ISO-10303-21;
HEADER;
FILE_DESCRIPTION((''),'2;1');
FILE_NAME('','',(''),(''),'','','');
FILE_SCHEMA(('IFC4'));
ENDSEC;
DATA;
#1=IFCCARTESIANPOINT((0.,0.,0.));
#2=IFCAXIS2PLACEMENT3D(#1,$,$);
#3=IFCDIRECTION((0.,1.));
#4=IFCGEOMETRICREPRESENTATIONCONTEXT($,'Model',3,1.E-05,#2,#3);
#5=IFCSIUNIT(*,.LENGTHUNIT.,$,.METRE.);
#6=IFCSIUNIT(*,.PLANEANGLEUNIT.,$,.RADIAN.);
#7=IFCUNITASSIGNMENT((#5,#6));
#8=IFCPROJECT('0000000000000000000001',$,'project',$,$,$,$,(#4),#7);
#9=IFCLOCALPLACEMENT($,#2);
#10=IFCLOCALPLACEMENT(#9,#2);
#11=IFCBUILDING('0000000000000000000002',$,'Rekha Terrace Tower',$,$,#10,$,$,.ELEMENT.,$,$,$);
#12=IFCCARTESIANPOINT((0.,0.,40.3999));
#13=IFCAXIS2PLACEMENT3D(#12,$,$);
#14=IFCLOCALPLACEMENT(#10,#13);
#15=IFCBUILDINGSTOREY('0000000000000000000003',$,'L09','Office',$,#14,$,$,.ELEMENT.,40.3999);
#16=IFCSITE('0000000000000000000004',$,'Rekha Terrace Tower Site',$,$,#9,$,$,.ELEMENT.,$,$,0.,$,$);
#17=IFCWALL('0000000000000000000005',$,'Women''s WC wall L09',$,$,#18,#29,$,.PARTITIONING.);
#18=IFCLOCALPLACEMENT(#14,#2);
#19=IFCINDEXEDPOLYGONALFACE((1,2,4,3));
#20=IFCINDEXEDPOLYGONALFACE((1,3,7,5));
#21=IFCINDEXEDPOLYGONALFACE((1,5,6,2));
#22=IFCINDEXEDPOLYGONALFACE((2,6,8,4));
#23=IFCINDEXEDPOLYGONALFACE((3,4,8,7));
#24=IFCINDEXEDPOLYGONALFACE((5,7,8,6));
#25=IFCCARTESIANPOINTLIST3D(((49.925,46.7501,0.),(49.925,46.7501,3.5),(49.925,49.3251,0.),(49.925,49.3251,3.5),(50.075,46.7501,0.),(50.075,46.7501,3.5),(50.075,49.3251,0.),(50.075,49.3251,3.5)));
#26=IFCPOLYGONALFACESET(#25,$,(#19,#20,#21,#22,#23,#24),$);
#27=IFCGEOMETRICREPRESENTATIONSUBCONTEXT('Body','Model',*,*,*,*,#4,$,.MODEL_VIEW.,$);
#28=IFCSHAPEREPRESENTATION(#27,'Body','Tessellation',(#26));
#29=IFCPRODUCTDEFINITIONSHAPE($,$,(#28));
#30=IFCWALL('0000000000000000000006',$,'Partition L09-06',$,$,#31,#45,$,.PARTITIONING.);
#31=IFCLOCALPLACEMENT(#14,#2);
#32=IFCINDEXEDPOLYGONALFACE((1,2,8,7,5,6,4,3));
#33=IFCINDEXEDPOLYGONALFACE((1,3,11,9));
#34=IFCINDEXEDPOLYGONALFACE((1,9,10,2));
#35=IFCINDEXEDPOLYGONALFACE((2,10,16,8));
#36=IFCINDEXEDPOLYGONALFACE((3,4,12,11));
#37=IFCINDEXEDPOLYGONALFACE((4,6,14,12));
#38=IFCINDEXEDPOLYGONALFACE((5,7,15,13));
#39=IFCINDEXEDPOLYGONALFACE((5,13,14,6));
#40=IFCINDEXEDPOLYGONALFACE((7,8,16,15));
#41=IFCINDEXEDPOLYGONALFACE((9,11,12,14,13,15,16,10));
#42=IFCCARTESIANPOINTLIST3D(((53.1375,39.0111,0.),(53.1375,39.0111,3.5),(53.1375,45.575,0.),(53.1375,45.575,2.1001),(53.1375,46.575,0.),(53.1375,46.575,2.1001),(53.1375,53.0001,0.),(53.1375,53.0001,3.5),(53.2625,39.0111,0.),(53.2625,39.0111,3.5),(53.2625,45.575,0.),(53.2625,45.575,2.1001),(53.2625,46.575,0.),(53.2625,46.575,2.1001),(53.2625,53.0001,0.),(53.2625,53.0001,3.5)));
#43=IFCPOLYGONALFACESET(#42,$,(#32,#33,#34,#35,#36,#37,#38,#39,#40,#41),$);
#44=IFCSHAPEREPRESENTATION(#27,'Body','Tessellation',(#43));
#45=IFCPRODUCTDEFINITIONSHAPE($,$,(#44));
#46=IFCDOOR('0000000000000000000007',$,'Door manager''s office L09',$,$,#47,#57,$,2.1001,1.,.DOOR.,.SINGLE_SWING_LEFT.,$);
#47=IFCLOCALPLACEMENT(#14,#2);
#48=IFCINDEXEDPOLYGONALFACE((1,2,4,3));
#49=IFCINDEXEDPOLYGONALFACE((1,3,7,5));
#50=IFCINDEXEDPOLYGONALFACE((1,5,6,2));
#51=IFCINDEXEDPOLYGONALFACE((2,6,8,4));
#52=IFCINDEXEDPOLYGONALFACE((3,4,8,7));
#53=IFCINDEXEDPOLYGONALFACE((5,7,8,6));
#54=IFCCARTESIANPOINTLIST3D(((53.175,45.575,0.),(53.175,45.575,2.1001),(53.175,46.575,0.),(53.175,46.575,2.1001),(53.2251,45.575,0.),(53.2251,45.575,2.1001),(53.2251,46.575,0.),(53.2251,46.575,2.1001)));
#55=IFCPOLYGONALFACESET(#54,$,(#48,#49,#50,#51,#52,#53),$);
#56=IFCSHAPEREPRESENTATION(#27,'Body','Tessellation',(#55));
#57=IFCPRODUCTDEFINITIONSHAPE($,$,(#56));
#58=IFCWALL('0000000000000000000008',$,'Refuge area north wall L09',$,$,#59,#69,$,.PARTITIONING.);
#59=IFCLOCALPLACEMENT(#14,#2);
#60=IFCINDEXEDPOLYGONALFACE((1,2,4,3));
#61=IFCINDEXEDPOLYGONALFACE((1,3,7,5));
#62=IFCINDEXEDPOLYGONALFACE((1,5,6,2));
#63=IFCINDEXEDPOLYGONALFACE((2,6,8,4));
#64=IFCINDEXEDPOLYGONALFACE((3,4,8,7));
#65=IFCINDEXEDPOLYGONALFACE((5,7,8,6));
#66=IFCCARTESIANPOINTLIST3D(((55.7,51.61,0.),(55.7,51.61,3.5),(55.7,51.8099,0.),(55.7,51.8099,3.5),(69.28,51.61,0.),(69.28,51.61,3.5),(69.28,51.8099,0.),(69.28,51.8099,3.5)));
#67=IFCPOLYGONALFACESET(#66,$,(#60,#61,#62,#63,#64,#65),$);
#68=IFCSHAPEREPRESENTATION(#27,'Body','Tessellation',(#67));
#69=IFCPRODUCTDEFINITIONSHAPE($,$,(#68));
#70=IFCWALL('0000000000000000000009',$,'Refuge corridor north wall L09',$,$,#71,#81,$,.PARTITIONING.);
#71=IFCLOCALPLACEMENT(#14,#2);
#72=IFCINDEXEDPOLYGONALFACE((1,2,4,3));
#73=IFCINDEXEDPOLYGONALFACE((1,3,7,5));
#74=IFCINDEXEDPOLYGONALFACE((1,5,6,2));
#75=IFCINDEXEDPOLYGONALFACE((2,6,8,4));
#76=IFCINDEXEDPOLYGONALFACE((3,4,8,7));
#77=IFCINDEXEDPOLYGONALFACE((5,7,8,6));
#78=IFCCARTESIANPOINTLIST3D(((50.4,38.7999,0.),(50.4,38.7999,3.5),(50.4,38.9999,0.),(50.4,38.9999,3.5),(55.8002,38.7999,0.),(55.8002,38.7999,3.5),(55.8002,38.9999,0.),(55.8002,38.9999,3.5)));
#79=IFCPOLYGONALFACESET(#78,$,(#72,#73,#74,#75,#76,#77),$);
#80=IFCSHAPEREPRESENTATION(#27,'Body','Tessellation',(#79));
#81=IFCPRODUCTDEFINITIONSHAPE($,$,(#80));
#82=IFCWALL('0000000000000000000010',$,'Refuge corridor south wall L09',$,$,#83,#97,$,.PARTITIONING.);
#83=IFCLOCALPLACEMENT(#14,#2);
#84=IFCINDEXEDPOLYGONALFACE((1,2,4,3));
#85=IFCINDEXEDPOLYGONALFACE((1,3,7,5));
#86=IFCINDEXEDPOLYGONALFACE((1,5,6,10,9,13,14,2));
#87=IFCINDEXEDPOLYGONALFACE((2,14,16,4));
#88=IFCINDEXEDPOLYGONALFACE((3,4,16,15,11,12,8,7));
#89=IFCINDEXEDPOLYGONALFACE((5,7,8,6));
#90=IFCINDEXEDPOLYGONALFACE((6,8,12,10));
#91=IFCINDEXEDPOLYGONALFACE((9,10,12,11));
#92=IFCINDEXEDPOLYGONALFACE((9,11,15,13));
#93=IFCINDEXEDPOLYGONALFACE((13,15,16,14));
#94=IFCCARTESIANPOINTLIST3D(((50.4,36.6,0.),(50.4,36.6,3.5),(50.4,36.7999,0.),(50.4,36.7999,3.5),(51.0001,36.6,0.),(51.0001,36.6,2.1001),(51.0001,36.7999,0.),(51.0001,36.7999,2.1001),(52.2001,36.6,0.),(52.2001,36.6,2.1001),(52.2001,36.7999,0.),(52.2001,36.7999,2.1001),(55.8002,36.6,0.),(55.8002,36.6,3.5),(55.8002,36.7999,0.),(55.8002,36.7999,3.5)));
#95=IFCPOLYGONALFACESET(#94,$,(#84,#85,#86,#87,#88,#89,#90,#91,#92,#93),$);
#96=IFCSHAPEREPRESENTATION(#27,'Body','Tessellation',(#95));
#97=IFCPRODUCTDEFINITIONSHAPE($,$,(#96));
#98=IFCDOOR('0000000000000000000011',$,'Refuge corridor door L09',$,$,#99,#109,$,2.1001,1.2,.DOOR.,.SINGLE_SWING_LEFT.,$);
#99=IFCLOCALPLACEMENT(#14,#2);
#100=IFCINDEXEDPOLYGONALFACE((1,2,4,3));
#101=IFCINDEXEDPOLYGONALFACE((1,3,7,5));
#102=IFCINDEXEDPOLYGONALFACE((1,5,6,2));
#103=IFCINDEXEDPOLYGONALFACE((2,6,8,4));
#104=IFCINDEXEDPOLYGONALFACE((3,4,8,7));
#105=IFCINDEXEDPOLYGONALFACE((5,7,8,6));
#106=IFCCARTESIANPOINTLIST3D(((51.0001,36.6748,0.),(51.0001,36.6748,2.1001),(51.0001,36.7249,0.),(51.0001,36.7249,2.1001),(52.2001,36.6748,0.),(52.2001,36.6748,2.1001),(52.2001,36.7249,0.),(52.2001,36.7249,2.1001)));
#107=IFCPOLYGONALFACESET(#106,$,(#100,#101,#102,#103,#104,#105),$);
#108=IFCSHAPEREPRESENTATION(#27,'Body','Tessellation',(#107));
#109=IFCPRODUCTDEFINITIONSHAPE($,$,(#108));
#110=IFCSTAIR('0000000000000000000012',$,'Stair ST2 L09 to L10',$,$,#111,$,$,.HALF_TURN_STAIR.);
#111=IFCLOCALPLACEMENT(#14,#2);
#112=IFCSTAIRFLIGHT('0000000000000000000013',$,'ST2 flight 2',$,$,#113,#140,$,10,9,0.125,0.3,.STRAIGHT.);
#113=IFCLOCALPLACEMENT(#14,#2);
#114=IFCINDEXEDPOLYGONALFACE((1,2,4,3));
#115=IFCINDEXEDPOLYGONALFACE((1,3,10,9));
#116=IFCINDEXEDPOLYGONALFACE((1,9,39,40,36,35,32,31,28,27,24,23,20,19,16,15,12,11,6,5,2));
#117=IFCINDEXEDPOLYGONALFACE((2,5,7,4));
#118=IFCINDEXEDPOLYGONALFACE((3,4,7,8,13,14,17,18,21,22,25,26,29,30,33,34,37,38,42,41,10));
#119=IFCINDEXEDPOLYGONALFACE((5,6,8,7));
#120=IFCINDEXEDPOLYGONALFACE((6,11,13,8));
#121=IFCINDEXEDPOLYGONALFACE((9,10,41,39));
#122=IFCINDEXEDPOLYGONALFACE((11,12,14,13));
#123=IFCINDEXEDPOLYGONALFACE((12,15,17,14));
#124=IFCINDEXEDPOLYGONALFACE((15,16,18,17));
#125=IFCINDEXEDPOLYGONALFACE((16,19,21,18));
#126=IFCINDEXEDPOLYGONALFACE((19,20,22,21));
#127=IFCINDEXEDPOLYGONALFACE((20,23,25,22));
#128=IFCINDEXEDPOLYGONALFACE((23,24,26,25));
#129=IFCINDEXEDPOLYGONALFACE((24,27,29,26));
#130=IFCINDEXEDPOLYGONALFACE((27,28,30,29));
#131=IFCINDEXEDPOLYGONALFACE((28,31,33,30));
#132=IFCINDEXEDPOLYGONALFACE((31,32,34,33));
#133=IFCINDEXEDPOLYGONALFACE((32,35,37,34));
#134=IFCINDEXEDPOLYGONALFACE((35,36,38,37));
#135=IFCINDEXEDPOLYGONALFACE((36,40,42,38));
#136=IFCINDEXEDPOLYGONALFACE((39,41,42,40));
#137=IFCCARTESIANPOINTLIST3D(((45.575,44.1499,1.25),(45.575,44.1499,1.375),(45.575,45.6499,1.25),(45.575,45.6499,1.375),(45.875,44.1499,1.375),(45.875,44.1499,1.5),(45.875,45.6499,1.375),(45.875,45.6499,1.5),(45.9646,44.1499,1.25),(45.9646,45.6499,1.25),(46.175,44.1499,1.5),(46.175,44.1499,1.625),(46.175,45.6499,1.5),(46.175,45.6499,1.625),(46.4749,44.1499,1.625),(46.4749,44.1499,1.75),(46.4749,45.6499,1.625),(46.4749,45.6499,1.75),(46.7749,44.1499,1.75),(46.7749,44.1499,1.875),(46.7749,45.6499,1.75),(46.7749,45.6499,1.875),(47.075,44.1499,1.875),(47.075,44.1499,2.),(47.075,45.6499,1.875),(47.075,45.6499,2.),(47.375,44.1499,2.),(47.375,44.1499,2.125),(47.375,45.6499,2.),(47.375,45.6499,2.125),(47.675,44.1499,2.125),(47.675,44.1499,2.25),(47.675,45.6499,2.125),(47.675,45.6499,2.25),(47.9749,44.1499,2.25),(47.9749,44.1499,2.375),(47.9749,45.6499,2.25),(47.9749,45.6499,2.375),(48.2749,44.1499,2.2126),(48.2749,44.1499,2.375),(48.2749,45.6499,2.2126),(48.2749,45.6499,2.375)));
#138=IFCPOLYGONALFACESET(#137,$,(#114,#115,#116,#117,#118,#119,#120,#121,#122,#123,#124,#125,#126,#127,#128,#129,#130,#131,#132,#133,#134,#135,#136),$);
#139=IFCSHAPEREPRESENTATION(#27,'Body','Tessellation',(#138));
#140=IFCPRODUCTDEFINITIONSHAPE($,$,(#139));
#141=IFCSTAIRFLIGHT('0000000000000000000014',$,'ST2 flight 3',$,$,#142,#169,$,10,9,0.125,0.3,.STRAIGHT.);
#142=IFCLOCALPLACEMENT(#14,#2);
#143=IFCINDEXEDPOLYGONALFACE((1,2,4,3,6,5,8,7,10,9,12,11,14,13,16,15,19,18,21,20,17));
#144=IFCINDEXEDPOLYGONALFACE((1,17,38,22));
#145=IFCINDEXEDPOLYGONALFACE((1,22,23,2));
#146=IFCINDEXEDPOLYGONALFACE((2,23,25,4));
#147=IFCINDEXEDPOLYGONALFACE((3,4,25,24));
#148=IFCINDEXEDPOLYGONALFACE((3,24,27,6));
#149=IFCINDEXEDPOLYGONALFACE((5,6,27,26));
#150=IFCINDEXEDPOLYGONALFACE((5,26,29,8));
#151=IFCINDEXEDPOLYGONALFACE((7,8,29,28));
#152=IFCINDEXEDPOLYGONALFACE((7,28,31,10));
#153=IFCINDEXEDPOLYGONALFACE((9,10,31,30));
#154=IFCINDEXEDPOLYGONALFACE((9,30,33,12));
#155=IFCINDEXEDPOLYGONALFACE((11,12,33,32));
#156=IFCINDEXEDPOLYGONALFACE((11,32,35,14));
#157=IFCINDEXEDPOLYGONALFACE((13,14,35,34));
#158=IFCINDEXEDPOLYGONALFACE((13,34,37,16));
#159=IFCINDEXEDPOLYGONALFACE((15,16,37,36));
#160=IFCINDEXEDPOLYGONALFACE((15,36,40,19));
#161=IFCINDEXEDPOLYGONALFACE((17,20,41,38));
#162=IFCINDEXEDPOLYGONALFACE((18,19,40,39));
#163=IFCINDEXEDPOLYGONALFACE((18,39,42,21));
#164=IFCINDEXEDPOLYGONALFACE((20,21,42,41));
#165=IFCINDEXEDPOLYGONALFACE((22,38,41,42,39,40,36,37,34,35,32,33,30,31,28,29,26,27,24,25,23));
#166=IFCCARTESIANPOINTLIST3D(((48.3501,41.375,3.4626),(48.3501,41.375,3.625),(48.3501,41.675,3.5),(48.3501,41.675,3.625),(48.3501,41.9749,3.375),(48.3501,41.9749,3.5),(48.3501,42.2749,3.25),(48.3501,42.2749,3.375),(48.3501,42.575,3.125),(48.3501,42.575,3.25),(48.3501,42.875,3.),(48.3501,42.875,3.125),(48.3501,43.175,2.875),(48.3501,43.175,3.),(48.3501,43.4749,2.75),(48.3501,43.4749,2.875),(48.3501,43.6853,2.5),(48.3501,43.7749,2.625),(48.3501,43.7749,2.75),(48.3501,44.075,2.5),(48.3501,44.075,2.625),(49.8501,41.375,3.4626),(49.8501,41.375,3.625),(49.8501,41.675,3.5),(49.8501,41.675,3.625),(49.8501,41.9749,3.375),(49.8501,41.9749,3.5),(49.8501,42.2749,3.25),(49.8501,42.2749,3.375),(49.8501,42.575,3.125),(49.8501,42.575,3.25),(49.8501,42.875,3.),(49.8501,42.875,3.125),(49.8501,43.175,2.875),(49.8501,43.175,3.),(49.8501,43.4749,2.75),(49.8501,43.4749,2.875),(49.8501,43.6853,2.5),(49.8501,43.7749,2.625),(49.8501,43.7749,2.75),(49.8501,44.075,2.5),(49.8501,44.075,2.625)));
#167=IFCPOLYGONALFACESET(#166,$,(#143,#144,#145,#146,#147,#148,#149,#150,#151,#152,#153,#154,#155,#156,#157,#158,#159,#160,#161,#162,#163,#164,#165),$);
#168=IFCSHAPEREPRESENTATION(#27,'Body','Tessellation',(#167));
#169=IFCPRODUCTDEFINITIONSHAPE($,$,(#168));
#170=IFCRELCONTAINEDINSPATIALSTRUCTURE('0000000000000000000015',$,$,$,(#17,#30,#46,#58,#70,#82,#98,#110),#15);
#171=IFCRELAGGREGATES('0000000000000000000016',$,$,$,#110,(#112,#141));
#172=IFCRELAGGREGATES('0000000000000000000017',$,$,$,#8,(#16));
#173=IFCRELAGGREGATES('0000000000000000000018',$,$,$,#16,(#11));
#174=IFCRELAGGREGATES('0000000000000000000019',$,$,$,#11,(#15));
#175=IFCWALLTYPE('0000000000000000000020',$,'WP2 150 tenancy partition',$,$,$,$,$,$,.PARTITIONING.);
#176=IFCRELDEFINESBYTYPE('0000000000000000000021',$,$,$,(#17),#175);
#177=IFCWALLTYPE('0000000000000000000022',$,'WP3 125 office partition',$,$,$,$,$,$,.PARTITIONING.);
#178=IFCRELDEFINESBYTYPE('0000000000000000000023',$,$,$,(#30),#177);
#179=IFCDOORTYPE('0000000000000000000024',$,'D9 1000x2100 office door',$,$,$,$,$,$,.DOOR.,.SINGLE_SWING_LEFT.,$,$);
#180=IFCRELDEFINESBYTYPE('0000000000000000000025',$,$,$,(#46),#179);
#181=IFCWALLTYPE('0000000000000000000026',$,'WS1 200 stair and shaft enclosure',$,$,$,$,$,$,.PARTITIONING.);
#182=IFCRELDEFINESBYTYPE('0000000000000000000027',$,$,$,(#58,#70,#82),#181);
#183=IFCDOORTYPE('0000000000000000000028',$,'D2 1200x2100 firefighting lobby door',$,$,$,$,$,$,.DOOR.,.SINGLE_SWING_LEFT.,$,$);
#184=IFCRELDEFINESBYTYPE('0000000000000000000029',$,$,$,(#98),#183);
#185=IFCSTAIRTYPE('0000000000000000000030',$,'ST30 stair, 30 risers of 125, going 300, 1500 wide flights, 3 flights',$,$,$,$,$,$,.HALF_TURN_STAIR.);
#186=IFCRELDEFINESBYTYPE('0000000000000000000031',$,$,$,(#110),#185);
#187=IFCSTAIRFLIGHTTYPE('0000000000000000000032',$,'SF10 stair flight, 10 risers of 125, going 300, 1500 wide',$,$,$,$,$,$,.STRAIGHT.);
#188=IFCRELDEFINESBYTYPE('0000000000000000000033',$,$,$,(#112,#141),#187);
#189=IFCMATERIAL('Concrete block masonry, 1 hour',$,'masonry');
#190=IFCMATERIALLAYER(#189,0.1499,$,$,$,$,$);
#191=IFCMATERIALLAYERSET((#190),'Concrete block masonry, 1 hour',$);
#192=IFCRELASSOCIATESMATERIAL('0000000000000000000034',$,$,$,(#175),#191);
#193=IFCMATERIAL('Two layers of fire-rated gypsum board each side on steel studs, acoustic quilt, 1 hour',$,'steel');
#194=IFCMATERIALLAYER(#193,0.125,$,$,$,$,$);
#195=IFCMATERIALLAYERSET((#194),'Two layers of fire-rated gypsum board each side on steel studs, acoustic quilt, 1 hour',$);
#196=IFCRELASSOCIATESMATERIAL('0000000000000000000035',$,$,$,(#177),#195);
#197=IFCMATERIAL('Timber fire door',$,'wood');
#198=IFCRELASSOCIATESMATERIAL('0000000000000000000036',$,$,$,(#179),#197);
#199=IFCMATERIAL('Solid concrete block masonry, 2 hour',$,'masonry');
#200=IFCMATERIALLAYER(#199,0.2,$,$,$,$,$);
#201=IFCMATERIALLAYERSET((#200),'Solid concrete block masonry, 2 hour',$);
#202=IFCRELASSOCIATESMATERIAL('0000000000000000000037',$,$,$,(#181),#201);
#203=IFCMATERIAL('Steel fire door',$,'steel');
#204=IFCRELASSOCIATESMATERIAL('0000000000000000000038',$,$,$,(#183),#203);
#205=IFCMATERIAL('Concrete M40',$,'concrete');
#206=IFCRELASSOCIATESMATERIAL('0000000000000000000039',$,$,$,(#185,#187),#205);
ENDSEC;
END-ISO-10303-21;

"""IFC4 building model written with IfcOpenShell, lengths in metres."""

from ifc_helpers import new_model, si_unit, direction, frame, frame_2d, origin, place, context, subcontext, project, spatial, polyline, rectangle, outline, extrude, material, layer, layer_set, type_object, element, fill, aggregate, save


model = new_model("IFC4")

# Units and contexts
model_context = context("Model", 3, precision=1e-05, world=origin(), true_north=direction((0.0, 1.0)))
body_context = subcontext(model_context, "Body", "Model", "MODEL_VIEW")
ifc_project = project(units=[si_unit("LENGTHUNIT", "METRE"), si_unit("PLANEANGLEUNIT", "RADIAN")], contexts=[model_context])

# Site, building, storey
site_placement = place(None, origin())
site = spatial("IfcSite", under=ifc_project, at=site_placement, Name="Rekha Terrace Tower Site", CompositionType="ELEMENT", RefElevation=0.0)
building_placement = place(site_placement, origin())
building = spatial("IfcBuilding", under=site, at=building_placement, Name="Rekha Terrace Tower", CompositionType="ELEMENT")
storey_placement = place(building_placement, frame((0.0, 0.0, 40.3999)))
storey = spatial("IfcBuildingStorey", under=building, at=storey_placement, Name="L09", Description="Office", CompositionType="ELEMENT", Elevation=40.3999)

# Wall
ifc_material_1 = material(Name="Concrete block masonry, 1 hour", Category="masonry")
ifc_layer_1 = layer(ifc_material_1, 0.1499)
ifc_layer_set_1 = layer_set([ifc_layer_1], Name="Concrete block masonry, 1 hour")
wall_type_1 = type_object("IfcWallType", Name="WP2 150 tenancy partition", PredefinedType="PARTITIONING", material=ifc_layer_set_1)
wall_1_placement = place(storey_placement, frame((50.0, 46.75, 0.0), z_axis=(0.0, 0.0, 1.0), x_axis=(0.0, 1.0, 0.0)))
element("IfcWall", 1, at=wall_1_placement, inside=storey, type_object=wall_type_1, Name="Women's WC wall L09", PredefinedType="PARTITIONING", context=body_context, shape_type="SweptSolid", body=[
    extrude(rectangle(XDim=2.575, YDim=0.1499, at=frame_2d((1.2876, 0.0))), origin(), (0.0, 0.0, 1.0), 3.5),
])

# Wall, opening, door
ifc_material_2 = material(Name="Two layers of fire-rated gypsum board each side on steel studs, acoustic quilt, 1 hour", Category="steel")
ifc_layer_2 = layer(ifc_material_2, 0.125)
ifc_layer_set_2 = layer_set([ifc_layer_2], Name="Two layers of fire-rated gypsum board each side on steel studs, acoustic quilt, 1 hour")
wall_type_2 = type_object("IfcWallType", Name="WP3 125 office partition", PredefinedType="PARTITIONING", material=ifc_layer_set_2)
wall_2_placement = place(storey_placement, frame((53.2, 39.011, 0.0), z_axis=(0.0, 0.0, 1.0), x_axis=(0.0, 1.0, 0.0)))
wall_2 = element("IfcWall", 2, at=wall_2_placement, inside=storey, type_object=wall_type_2, Name="Partition L09-06", PredefinedType="PARTITIONING", context=body_context, shape_type="SweptSolid", body=[
    extrude(rectangle(XDim=13.989, YDim=0.125, at=frame_2d((6.9946, 0.0))), origin(), (0.0, 0.0, 1.0), 3.5),
])
opening_1_placement = place(wall_2_placement, frame((6.564, 0.0, 0.0)))
opening_1 = element("IfcOpeningElement", 3, at=opening_1_placement, cuts=wall_2, PredefinedType="OPENING", context=body_context, shape_type="SweptSolid", body=[
    extrude(rectangle(XDim=1.0, YDim=2.1001, at=frame_2d((0.5, 1.05))), frame((0.0, 0.0725, 0.0), z_axis=(0.0, -1.0, 0.0), x_axis=(1.0, 0.0, 0.0)), (0.0, 0.0, 1.0), 0.145),
])
ifc_material_3 = material(Name="Timber fire door", Category="wood")
door_type_1 = type_object("IfcDoorType", Name="D9 1000x2100 office door", OperationType="SINGLE_SWING_LEFT", PredefinedType="DOOR", material=ifc_material_3)
door_1_placement = place(opening_1_placement, origin())
door_1 = element("IfcDoor", 4, at=door_1_placement, inside=storey, type_object=door_type_1, Name="Door manager's office L09", OperationType="SINGLE_SWING_LEFT", OverallHeight=2.1001, OverallWidth=1.0, PredefinedType="DOOR", context=body_context, shape_type="SweptSolid", body=[
    extrude(rectangle(XDim=1.0, YDim=2.1001, at=frame_2d((0.5, 1.05))), frame((0.0, 0.0249, 0.0), z_axis=(0.0, -1.0, 0.0), x_axis=(1.0, 0.0, 0.0)), (0.0, 0.0, 1.0), 0.05),
])
fill(opening_1, door_1)

# Walls
ifc_material_4 = material(Name="Solid concrete block masonry, 2 hour", Category="masonry")
ifc_layer_3 = layer(ifc_material_4, 0.2)
ifc_layer_set_3 = layer_set([ifc_layer_3], Name="Solid concrete block masonry, 2 hour")
wall_type_3 = type_object("IfcWallType", Name="WS1 200 stair and shaft enclosure", PredefinedType="PARTITIONING", material=ifc_layer_set_3)
wall_3_placement = place(storey_placement, frame((55.7, 51.71, 0.0), z_axis=(0.0, 0.0, 1.0), x_axis=(1.0, 0.0, 0.0)))
element("IfcWall", 5, at=wall_3_placement, inside=storey, type_object=wall_type_3, Name="Refuge area north wall L09", PredefinedType="PARTITIONING", context=body_context, shape_type="SweptSolid", body=[
    extrude(rectangle(XDim=13.5801, YDim=0.2, at=frame_2d((6.79, 0.0))), origin(), (0.0, 0.0, 1.0), 3.5),
])
wall_4_placement = place(storey_placement, frame((50.3999, 38.8999, 0.0), z_axis=(0.0, 0.0, 1.0), x_axis=(1.0, 0.0, 0.0)))
element("IfcWall", 6, at=wall_4_placement, inside=storey, type_object=wall_type_3, Name="Refuge corridor north wall L09", PredefinedType="PARTITIONING", context=body_context, shape_type="SweptSolid", body=[
    extrude(rectangle(XDim=5.4001, YDim=0.2, at=frame_2d((2.7002, 0.0))), origin(), (0.0, 0.0, 1.0), 3.5),
])

# Wall, opening, door
wall_5_placement = place(storey_placement, frame((50.3999, 36.7, 0.0), z_axis=(0.0, 0.0, 1.0), x_axis=(1.0, 0.0, 0.0)))
wall_5 = element("IfcWall", 7, at=wall_5_placement, inside=storey, type_object=wall_type_3, Name="Refuge corridor south wall L09", PredefinedType="PARTITIONING", context=body_context, shape_type="SweptSolid", body=[
    extrude(rectangle(XDim=5.4001, YDim=0.2, at=frame_2d((2.7002, 0.0))), origin(), (0.0, 0.0, 1.0), 3.5),
])
opening_2_placement = place(wall_5_placement, frame((0.6001, 0.0, 0.0)))
opening_2 = element("IfcOpeningElement", 8, at=opening_2_placement, cuts=wall_5, PredefinedType="OPENING", context=body_context, shape_type="SweptSolid", body=[
    extrude(rectangle(XDim=1.2, YDim=2.1001, at=frame_2d((0.6001, 1.05))), frame((0.0, 0.1099, 0.0), z_axis=(0.0, -1.0, 0.0), x_axis=(1.0, 0.0, 0.0)), (0.0, 0.0, 1.0), 0.22),
])
ifc_material_5 = material(Name="Steel fire door", Category="steel")
door_type_2 = type_object("IfcDoorType", Name="D2 1200x2100 firefighting lobby door", OperationType="SINGLE_SWING_LEFT", PredefinedType="DOOR", material=ifc_material_5)
door_2_placement = place(opening_2_placement, origin())
door_2 = element("IfcDoor", 9, at=door_2_placement, inside=storey, type_object=door_type_2, Name="Refuge corridor door L09", OperationType="SINGLE_SWING_LEFT", OverallHeight=2.1001, OverallWidth=1.2, PredefinedType="DOOR", context=body_context, shape_type="SweptSolid", body=[
    extrude(rectangle(XDim=1.2, YDim=2.1001, at=frame_2d((0.6001, 1.05))), frame((0.0, 0.0249, 0.0), z_axis=(0.0, -1.0, 0.0), x_axis=(1.0, 0.0, 0.0)), (0.0, 0.0, 1.0), 0.05),
])
fill(opening_2, door_2)

# Stair, stair flights
ifc_material_6 = material(Name="Concrete M40", Category="concrete")
stair_type = type_object("IfcStairType", Name="ST30 stair, 30 risers of 125, going 300, 1500 wide flights, 3 flights", PredefinedType="HALF_TURN_STAIR", material=ifc_material_6)
stair_1_placement = place(storey_placement, origin())
stair_1 = element("IfcStair", 10, at=stair_1_placement, inside=storey, type_object=stair_type, Name="Stair ST2 L09 to L10", PredefinedType="HALF_TURN_STAIR")
stair_flight_type = type_object("IfcStairFlightType", Name="SF10 stair flight, 10 risers of 125, going 300, 1500 wide", PredefinedType="STRAIGHT", material=ifc_material_6)
stair_flight_1_placement = place(storey_placement, frame((45.575, 44.8999, 1.25), z_axis=(0.0, 0.0, 1.0), x_axis=(1.0, 0.0, 0.0)))
stair_flight_1 = element("IfcStairFlight", 11, at=stair_flight_1_placement, type_object=stair_flight_type, Name="ST2 flight 2", NumberOfRisers=10, NumberOfTreads=9, PredefinedType="STRAIGHT", RiserHeight=0.125, TreadLength=0.3, context=body_context, shape_type="SweptSolid", body=[
    extrude(outline(polyline([(0.0, 0.0), (0.0, 0.125), (0.3, 0.125), (0.3, 0.25), (0.6001, 0.25), (0.6001, 0.375), (0.8999, 0.375), (0.8999, 0.5), (1.2, 0.5), (1.2, 0.625), (1.5, 0.625), (1.5, 0.75), (1.8, 0.75), (1.8, 0.875), (2.1001, 0.875), (2.1001, 1.0), (2.3999, 1.0), (2.3999, 1.125), (2.7, 1.125), (2.7, 1.25), (2.7, 0.9626), (0.3896, 0.0), (0.0, 0.0)])), frame((0.0, 0.75, 0.0), z_axis=(0.0, -1.0, 0.0), x_axis=(1.0, 0.0, 0.0)), (0.0, 0.0, 1.0), 1.5),
])
stair_flight_2_placement = place(storey_placement, frame((49.1001, 44.075, 2.5), z_axis=(0.0, 0.0, 1.0), x_axis=(0.0, -1.0, 0.0)))
stair_flight_2 = element("IfcStairFlight", 12, at=stair_flight_2_placement, type_object=stair_flight_type, Name="ST2 flight 3", NumberOfRisers=10, NumberOfTreads=9, PredefinedType="STRAIGHT", RiserHeight=0.125, TreadLength=0.3, context=body_context, shape_type="SweptSolid", body=[
    extrude(outline(polyline([(0.0, 0.0), (0.0, 0.125), (0.3, 0.125), (0.3, 0.25), (0.6001, 0.25), (0.6001, 0.375), (0.8999, 0.375), (0.8999, 0.5), (1.2, 0.5), (1.2, 0.625), (1.5, 0.625), (1.5, 0.75), (1.8, 0.75), (1.8, 0.875), (2.1001, 0.875), (2.1001, 1.0), (2.3999, 1.0), (2.3999, 1.125), (2.7, 1.125), (2.7, 1.25), (2.7, 0.9626), (0.3896, 0.0), (0.0, 0.0)])), frame((0.0, 0.75, 0.0), z_axis=(0.0, -1.0, 0.0), x_axis=(1.0, 0.0, 0.0)), (0.0, 0.0, 1.0), 1.5),
])
aggregate(stair_1, [stair_flight_1, stair_flight_2])

save(model, "model.ifc")
